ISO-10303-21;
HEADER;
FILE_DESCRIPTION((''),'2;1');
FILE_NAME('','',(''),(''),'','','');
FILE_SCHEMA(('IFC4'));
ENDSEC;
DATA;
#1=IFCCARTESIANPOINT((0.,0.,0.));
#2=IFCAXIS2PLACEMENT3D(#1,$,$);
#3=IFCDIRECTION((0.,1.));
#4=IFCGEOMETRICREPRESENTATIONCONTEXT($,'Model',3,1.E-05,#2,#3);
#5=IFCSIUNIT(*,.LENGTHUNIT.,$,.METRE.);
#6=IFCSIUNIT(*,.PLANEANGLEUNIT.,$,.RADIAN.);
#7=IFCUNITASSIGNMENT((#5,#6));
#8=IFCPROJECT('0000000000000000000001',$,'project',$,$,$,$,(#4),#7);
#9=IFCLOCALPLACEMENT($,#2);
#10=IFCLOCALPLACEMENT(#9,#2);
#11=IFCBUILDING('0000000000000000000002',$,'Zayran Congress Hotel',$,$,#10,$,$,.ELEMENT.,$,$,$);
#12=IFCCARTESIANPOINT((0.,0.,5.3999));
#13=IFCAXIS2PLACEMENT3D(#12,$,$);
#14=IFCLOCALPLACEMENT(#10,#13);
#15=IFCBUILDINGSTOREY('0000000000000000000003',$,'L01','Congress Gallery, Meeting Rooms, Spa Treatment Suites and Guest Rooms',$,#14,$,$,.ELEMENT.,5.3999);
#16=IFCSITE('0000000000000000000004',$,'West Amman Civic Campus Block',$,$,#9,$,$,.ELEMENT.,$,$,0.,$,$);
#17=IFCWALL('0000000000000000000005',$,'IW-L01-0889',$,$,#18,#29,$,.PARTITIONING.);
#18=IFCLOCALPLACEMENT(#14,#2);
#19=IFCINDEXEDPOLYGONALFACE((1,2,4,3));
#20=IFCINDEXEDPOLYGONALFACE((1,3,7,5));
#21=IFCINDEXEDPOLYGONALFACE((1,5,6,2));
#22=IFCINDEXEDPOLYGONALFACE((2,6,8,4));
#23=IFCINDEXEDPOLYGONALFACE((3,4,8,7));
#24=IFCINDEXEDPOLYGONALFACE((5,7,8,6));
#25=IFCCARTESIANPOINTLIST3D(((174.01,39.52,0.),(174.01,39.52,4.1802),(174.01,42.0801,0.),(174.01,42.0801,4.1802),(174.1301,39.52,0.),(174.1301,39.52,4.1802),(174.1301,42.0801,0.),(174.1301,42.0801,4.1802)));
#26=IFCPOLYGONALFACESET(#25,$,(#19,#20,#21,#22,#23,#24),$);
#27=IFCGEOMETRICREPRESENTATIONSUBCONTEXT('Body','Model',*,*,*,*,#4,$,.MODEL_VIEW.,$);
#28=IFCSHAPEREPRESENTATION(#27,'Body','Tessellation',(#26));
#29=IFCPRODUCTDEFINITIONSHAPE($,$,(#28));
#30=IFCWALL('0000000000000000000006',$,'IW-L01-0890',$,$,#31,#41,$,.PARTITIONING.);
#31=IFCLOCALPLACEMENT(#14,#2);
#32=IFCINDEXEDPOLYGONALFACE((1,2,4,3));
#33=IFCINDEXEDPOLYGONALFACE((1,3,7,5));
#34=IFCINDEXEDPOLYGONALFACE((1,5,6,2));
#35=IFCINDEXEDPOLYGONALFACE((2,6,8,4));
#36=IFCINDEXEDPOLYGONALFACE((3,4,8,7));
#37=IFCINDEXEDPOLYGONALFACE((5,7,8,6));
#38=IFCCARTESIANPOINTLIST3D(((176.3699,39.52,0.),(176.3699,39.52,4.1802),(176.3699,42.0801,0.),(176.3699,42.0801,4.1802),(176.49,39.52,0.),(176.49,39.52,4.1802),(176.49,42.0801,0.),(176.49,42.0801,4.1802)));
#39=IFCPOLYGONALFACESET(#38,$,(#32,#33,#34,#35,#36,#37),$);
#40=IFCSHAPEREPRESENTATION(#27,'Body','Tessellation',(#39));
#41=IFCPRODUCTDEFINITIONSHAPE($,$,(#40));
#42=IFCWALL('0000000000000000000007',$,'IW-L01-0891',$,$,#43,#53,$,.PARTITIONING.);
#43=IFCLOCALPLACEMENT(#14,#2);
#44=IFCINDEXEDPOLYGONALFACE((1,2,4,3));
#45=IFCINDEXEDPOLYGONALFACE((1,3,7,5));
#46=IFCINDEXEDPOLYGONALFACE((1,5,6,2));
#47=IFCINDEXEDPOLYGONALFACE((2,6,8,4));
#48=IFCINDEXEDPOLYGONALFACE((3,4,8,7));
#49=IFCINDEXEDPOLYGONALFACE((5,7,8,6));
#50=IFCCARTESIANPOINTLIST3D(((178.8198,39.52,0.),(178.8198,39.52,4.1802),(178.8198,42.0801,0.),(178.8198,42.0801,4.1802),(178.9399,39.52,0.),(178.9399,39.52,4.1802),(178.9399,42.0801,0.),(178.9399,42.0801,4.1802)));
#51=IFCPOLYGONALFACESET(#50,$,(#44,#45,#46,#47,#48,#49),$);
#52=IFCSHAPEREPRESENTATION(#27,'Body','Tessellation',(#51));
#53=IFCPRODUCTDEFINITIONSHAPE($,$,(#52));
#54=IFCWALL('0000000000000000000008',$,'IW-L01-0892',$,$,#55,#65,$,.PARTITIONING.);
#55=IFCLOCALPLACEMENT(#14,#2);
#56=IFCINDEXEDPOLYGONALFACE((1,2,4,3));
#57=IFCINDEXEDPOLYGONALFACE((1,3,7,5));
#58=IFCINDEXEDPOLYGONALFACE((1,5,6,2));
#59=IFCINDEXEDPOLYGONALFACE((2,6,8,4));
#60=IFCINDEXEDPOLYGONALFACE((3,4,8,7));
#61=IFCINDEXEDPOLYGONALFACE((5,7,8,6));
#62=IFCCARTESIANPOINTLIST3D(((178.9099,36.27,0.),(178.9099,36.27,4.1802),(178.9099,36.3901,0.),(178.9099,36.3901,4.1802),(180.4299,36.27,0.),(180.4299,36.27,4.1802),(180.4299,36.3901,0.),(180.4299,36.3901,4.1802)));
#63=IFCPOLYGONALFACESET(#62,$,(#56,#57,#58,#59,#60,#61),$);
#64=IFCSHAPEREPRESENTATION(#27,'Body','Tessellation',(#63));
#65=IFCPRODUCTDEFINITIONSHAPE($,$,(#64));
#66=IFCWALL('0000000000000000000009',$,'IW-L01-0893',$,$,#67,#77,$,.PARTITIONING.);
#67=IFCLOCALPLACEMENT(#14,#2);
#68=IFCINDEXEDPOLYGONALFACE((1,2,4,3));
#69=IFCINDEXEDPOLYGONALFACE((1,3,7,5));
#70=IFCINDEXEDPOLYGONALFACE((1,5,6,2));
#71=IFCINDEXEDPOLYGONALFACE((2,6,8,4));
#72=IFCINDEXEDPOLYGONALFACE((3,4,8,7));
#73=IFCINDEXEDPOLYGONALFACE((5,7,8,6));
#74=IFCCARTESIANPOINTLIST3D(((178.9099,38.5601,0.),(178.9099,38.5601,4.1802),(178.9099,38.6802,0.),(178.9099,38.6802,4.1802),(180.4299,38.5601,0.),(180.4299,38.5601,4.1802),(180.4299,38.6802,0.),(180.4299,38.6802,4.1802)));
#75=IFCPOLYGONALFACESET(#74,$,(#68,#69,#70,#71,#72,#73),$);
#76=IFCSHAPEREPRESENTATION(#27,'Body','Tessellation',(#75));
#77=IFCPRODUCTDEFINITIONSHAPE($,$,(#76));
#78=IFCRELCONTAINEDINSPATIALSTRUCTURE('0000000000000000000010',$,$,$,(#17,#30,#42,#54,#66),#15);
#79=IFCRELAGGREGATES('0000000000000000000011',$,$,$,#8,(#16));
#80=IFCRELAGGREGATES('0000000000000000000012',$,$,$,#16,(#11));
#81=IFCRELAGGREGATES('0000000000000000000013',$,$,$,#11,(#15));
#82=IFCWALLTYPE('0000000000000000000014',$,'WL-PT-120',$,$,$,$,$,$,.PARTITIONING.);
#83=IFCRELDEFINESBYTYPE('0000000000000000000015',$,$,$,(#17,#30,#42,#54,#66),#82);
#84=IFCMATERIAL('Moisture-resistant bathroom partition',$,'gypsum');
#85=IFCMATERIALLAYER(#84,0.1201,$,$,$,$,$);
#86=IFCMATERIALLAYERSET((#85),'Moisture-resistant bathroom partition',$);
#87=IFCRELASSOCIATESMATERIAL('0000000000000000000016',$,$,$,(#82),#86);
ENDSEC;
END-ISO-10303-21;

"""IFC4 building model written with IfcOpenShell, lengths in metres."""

from ifc_helpers import new_model, si_unit, direction, frame, frame_2d, origin, place, context, subcontext, project, spatial, rectangle, extrude, material, layer, layer_set, type_object, element, save


model = new_model("IFC4")

# Units and contexts
model_context = context("Model", 3, precision=1e-05, world=origin(), true_north=direction((0.0, 1.0)))
body_context = subcontext(model_context, "Body", "Model", "MODEL_VIEW")
ifc_project = project(units=[si_unit("LENGTHUNIT", "METRE"), si_unit("PLANEANGLEUNIT", "RADIAN")], contexts=[model_context])

# Site, building, storey
site_placement = place(None, origin())
site = spatial("IfcSite", under=ifc_project, at=site_placement, Name="West Amman Civic Campus Block", CompositionType="ELEMENT", RefElevation=0.0)
building_placement = place(site_placement, origin())
building = spatial("IfcBuilding", under=site, at=building_placement, Name="Zayran Congress Hotel", CompositionType="ELEMENT")
storey_placement = place(building_placement, frame((0.0, 0.0, 5.3999)))
storey = spatial("IfcBuildingStorey", under=building, at=storey_placement, Name="L01", Description="Congress Gallery, Meeting Rooms, Spa Treatment Suites and Guest Rooms", CompositionType="ELEMENT", Elevation=5.3999)

# Shared definitions
ifc_material_1 = material(Name="Moisture-resistant bathroom partition", Category="gypsum")
ifc_layer_1 = layer(ifc_material_1, 0.1201)
ifc_layer_set_1 = layer_set([ifc_layer_1], Name="Moisture-resistant bathroom partition")
wall_type_1 = type_object("IfcWallType", Name="WL-PT-120", PredefinedType="PARTITIONING", material=ifc_layer_set_1)

# Walls
for number, where, z_axis, x_axis, name in (
    (1, (174.0701, 39.52, 0.0), (0.0, 0.0, 1.0), (0.0, 1.0, 0.0), "IW-L01-0889"),
    (2, (176.4299, 39.52, 0.0), (0.0, 0.0, 1.0), (0.0, 1.0, 0.0), "IW-L01-0890"),
    (3, (178.8799, 39.52, 0.0), (0.0, 0.0, 1.0), (0.0, 1.0, 0.0), "IW-L01-0891"),
):
    element("IfcWall", number, at=place(storey_placement, frame(where, z_axis=z_axis, x_axis=x_axis)), inside=storey, type_object=wall_type_1, Name=name, PredefinedType="PARTITIONING", context=body_context, shape_type="SweptSolid", body=[
        extrude(rectangle(XDim=2.5601, YDim=0.1201, at=frame_2d((1.28, 0.0))), origin(), (0.0, 0.0, 1.0), 4.1802),
    ])
for number, where, z_axis, x_axis, name in (
    (4, (178.9099, 36.3301, 0.0), (0.0, 0.0, 1.0), (1.0, 0.0, 0.0), "IW-L01-0892"),
    (5, (178.9099, 38.6201, 0.0), (0.0, 0.0, 1.0), (1.0, 0.0, 0.0), "IW-L01-0893"),
):
    element("IfcWall", number, at=place(storey_placement, frame(where, z_axis=z_axis, x_axis=x_axis)), inside=storey, type_object=wall_type_1, Name=name, PredefinedType="PARTITIONING", context=body_context, shape_type="SweptSolid", body=[
        extrude(rectangle(XDim=1.52, YDim=0.1201, at=frame_2d((0.76, 0.0))), origin(), (0.0, 0.0, 1.0), 4.1802),
    ])

save(model, "model.ifc")
